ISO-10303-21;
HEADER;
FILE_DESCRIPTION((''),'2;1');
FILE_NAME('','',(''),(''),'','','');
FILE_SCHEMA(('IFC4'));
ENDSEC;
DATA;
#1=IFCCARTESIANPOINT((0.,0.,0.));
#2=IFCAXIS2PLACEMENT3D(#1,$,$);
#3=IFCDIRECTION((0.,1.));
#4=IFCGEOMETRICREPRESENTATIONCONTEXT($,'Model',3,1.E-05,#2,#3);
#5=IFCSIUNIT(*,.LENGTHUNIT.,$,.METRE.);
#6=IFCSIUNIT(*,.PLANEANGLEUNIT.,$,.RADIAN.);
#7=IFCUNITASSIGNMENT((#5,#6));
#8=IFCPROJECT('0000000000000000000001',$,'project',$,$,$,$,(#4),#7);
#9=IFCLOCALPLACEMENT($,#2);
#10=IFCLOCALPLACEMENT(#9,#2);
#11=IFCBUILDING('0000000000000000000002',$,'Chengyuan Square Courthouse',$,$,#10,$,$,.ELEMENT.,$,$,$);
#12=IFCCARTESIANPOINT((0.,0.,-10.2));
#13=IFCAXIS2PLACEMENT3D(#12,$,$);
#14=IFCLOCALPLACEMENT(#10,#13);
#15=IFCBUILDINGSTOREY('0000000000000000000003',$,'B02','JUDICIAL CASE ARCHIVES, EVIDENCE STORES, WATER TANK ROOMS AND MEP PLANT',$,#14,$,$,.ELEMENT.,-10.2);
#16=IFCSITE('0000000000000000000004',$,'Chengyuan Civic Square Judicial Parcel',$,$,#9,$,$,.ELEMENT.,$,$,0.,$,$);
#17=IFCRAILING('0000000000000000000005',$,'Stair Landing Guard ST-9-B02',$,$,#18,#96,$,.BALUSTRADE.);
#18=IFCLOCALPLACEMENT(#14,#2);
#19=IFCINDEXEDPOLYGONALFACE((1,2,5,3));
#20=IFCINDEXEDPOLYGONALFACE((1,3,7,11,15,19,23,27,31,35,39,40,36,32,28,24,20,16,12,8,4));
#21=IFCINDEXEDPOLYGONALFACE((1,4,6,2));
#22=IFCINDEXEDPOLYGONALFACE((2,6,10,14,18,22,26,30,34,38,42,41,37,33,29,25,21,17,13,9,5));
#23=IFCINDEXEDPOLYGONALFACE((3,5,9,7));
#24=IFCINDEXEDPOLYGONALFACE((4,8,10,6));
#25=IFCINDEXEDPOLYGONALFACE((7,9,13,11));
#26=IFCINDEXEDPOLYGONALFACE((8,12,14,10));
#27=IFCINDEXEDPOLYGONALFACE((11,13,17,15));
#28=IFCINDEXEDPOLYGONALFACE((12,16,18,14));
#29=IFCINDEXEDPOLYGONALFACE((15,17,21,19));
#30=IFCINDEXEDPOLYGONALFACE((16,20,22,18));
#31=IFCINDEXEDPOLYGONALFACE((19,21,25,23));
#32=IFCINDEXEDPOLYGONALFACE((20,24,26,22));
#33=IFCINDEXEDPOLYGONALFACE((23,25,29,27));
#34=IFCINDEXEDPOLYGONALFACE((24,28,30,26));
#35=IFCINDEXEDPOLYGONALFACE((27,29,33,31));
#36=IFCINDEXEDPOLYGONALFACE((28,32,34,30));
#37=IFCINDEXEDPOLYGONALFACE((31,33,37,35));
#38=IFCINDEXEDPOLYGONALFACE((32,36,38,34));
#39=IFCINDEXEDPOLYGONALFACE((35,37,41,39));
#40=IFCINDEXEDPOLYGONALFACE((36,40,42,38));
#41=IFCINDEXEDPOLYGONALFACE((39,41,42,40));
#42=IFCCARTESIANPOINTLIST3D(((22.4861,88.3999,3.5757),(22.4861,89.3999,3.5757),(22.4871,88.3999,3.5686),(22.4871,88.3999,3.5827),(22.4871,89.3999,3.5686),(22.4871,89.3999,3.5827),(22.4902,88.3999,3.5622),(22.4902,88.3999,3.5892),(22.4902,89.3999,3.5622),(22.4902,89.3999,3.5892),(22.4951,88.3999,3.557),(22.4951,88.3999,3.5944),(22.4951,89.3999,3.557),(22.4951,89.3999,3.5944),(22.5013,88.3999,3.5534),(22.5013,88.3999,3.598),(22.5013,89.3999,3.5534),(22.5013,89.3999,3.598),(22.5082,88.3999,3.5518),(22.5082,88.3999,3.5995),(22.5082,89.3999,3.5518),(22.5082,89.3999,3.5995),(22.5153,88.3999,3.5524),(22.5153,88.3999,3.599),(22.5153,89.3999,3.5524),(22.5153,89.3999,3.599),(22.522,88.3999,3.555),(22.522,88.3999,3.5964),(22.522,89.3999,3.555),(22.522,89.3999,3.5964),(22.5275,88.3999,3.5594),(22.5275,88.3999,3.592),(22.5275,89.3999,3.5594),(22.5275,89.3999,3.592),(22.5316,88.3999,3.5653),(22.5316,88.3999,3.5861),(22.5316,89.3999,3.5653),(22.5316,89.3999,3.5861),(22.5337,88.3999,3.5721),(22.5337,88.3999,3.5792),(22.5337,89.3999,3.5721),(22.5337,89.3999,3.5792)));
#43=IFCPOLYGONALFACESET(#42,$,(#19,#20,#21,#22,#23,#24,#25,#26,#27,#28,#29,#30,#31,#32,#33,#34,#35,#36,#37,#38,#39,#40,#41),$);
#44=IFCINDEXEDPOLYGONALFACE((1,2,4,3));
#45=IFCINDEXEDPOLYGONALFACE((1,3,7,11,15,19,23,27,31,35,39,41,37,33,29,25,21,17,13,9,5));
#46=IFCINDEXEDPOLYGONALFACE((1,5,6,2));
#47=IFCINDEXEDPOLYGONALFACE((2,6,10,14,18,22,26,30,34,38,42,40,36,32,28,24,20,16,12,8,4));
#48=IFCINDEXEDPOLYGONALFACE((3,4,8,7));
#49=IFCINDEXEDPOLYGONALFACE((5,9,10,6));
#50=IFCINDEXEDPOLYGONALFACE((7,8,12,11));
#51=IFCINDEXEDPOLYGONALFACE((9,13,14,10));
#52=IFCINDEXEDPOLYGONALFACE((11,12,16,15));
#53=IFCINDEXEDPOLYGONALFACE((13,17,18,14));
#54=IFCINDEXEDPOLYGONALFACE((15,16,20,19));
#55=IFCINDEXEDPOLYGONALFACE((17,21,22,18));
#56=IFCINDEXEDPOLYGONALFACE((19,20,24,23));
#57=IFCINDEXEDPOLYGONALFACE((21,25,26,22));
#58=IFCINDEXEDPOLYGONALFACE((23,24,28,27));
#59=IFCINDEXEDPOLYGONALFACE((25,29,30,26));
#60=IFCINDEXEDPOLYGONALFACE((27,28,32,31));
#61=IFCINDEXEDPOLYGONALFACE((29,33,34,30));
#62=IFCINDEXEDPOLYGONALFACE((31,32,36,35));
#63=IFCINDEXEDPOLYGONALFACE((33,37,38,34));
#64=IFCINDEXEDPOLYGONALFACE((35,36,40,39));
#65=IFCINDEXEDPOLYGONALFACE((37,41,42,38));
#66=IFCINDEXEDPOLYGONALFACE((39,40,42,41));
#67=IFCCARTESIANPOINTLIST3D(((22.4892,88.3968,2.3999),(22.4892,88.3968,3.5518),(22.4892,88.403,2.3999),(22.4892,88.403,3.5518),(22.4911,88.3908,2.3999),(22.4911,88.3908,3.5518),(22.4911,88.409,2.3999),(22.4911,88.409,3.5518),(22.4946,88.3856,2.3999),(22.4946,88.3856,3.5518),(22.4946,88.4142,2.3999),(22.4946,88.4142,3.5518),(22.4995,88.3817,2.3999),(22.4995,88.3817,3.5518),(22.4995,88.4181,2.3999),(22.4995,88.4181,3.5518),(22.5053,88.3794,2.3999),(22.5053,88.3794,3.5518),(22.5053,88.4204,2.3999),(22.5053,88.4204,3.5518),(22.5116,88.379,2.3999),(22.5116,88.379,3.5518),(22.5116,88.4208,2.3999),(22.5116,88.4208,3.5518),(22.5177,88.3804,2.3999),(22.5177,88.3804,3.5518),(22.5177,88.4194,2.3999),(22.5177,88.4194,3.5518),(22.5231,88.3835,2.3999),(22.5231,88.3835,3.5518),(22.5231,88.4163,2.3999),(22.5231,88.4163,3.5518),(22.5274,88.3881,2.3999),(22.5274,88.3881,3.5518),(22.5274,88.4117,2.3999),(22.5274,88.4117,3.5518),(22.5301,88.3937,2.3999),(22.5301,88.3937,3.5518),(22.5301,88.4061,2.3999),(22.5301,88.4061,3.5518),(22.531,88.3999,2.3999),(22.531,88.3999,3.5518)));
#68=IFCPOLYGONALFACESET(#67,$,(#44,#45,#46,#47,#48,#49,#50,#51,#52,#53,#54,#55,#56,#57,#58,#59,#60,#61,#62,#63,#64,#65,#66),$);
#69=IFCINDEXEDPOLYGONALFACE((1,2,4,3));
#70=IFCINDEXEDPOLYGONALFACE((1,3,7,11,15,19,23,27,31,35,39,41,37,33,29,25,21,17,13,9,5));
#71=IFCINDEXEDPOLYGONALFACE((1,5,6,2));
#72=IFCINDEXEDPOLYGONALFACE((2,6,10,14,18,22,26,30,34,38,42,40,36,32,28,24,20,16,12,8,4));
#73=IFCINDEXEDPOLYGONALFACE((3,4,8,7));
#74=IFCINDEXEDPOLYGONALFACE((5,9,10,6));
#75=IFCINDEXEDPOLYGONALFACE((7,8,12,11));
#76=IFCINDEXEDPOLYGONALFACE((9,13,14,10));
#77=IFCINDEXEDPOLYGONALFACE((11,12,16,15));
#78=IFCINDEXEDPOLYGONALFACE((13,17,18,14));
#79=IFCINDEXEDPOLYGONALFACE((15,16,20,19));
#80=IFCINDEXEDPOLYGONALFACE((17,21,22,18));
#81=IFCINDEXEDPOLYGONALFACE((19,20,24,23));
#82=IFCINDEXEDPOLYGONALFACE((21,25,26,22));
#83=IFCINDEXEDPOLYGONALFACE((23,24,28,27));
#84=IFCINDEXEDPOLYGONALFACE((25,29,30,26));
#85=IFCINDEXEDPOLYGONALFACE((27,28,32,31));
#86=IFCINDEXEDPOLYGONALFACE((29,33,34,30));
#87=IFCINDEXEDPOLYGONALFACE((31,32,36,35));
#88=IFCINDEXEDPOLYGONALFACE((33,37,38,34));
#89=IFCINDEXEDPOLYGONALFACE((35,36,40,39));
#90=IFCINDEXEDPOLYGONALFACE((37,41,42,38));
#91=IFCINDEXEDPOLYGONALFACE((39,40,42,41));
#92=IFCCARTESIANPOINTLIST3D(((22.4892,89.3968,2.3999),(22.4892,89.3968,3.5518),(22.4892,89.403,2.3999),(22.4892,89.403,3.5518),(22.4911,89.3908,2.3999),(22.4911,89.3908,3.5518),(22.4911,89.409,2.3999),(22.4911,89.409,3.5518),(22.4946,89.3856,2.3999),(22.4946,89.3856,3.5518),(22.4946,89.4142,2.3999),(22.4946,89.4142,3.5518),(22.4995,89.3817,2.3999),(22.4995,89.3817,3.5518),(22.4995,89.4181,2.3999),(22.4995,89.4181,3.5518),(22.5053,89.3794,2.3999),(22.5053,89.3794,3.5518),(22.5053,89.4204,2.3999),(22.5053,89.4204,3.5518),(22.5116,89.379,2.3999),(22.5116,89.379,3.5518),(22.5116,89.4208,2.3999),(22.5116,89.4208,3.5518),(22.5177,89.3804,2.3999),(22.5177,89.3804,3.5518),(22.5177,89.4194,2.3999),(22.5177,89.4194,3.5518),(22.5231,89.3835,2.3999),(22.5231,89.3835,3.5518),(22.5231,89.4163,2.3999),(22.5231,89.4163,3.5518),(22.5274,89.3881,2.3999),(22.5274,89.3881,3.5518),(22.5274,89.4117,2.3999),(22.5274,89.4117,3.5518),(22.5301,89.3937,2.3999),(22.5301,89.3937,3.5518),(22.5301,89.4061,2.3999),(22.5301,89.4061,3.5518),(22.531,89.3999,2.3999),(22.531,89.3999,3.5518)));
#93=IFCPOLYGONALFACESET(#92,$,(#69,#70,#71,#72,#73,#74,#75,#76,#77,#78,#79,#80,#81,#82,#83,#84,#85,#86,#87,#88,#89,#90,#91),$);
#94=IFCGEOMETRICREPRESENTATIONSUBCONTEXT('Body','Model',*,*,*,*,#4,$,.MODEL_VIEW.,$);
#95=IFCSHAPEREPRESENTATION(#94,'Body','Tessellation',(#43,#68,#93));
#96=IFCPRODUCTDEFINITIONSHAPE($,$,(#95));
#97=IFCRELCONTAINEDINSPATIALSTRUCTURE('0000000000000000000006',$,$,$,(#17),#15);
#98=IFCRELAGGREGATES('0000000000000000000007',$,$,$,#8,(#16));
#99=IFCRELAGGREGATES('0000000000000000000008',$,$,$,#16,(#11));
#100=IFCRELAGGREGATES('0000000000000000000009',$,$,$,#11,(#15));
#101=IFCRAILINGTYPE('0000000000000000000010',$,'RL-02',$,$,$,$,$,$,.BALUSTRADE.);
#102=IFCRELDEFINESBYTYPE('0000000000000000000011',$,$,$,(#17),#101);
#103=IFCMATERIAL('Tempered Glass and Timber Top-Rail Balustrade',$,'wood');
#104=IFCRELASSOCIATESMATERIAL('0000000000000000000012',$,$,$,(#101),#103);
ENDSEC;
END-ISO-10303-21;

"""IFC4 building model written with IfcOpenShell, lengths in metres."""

from ifc_helpers import new_model, si_unit, direction, frame, origin, origin_2d, place, context, subcontext, project, spatial, circle, extrude, material, type_object, element, save


model = new_model("IFC4")

# Units and contexts
model_context = context("Model", 3, precision=1e-05, world=origin(), true_north=direction((0.0, 1.0)))
body_context = subcontext(model_context, "Body", "Model", "MODEL_VIEW")
ifc_project = project(units=[si_unit("LENGTHUNIT", "METRE"), si_unit("PLANEANGLEUNIT", "RADIAN")], contexts=[model_context])

# Site, building, storey
site_placement = place(None, origin())
site = spatial("IfcSite", under=ifc_project, at=site_placement, Name="Chengyuan Civic Square Judicial Parcel", CompositionType="ELEMENT", RefElevation=0.0)
building_placement = place(site_placement, origin())
building = spatial("IfcBuilding", under=site, at=building_placement, Name="Chengyuan Square Courthouse", CompositionType="ELEMENT")
storey_placement = place(building_placement, frame((0.0, 0.0, -10.2)))
storey = spatial("IfcBuildingStorey", under=building, at=storey_placement, Name="B02", Description="JUDICIAL CASE ARCHIVES, EVIDENCE STORES, WATER TANK ROOMS AND MEP PLANT", CompositionType="ELEMENT", Elevation=-10.2)

# Railing
ifc_material_1 = material(Name="Tempered Glass and Timber Top-Rail Balustrade", Category="wood")
railing_type_1 = type_object("IfcRailingType", Name="RL-02", PredefinedType="BALUSTRADE", material=ifc_material_1)
railing_1_placement = place(storey_placement, frame((22.51, 88.3999, 2.3999)))
element("IfcRailing", 1, at=railing_1_placement, inside=storey, type_object=railing_type_1, Name="Stair Landing Guard ST-9-B02", PredefinedType="BALUSTRADE", context=body_context, shape_type="SweptSolid", body=[
    extrude(circle(Radius=0.0239, at=origin_2d()), frame((0.0, 0.0, 1.1758), z_axis=(0.0, 1.0, 0.0), x_axis=(-1.0, 0.0, 0.0)), (0.0, 0.0, 1.0), 1.0),
    extrude(circle(Radius=0.021, at=origin_2d()), origin(), (0.0, 0.0, 1.0), 1.1519),
    extrude(circle(Radius=0.021, at=origin_2d()), frame((0.0, 1.0, 0.0)), (0.0, 0.0, 1.0), 1.1519),
])

save(model, "model.ifc")
